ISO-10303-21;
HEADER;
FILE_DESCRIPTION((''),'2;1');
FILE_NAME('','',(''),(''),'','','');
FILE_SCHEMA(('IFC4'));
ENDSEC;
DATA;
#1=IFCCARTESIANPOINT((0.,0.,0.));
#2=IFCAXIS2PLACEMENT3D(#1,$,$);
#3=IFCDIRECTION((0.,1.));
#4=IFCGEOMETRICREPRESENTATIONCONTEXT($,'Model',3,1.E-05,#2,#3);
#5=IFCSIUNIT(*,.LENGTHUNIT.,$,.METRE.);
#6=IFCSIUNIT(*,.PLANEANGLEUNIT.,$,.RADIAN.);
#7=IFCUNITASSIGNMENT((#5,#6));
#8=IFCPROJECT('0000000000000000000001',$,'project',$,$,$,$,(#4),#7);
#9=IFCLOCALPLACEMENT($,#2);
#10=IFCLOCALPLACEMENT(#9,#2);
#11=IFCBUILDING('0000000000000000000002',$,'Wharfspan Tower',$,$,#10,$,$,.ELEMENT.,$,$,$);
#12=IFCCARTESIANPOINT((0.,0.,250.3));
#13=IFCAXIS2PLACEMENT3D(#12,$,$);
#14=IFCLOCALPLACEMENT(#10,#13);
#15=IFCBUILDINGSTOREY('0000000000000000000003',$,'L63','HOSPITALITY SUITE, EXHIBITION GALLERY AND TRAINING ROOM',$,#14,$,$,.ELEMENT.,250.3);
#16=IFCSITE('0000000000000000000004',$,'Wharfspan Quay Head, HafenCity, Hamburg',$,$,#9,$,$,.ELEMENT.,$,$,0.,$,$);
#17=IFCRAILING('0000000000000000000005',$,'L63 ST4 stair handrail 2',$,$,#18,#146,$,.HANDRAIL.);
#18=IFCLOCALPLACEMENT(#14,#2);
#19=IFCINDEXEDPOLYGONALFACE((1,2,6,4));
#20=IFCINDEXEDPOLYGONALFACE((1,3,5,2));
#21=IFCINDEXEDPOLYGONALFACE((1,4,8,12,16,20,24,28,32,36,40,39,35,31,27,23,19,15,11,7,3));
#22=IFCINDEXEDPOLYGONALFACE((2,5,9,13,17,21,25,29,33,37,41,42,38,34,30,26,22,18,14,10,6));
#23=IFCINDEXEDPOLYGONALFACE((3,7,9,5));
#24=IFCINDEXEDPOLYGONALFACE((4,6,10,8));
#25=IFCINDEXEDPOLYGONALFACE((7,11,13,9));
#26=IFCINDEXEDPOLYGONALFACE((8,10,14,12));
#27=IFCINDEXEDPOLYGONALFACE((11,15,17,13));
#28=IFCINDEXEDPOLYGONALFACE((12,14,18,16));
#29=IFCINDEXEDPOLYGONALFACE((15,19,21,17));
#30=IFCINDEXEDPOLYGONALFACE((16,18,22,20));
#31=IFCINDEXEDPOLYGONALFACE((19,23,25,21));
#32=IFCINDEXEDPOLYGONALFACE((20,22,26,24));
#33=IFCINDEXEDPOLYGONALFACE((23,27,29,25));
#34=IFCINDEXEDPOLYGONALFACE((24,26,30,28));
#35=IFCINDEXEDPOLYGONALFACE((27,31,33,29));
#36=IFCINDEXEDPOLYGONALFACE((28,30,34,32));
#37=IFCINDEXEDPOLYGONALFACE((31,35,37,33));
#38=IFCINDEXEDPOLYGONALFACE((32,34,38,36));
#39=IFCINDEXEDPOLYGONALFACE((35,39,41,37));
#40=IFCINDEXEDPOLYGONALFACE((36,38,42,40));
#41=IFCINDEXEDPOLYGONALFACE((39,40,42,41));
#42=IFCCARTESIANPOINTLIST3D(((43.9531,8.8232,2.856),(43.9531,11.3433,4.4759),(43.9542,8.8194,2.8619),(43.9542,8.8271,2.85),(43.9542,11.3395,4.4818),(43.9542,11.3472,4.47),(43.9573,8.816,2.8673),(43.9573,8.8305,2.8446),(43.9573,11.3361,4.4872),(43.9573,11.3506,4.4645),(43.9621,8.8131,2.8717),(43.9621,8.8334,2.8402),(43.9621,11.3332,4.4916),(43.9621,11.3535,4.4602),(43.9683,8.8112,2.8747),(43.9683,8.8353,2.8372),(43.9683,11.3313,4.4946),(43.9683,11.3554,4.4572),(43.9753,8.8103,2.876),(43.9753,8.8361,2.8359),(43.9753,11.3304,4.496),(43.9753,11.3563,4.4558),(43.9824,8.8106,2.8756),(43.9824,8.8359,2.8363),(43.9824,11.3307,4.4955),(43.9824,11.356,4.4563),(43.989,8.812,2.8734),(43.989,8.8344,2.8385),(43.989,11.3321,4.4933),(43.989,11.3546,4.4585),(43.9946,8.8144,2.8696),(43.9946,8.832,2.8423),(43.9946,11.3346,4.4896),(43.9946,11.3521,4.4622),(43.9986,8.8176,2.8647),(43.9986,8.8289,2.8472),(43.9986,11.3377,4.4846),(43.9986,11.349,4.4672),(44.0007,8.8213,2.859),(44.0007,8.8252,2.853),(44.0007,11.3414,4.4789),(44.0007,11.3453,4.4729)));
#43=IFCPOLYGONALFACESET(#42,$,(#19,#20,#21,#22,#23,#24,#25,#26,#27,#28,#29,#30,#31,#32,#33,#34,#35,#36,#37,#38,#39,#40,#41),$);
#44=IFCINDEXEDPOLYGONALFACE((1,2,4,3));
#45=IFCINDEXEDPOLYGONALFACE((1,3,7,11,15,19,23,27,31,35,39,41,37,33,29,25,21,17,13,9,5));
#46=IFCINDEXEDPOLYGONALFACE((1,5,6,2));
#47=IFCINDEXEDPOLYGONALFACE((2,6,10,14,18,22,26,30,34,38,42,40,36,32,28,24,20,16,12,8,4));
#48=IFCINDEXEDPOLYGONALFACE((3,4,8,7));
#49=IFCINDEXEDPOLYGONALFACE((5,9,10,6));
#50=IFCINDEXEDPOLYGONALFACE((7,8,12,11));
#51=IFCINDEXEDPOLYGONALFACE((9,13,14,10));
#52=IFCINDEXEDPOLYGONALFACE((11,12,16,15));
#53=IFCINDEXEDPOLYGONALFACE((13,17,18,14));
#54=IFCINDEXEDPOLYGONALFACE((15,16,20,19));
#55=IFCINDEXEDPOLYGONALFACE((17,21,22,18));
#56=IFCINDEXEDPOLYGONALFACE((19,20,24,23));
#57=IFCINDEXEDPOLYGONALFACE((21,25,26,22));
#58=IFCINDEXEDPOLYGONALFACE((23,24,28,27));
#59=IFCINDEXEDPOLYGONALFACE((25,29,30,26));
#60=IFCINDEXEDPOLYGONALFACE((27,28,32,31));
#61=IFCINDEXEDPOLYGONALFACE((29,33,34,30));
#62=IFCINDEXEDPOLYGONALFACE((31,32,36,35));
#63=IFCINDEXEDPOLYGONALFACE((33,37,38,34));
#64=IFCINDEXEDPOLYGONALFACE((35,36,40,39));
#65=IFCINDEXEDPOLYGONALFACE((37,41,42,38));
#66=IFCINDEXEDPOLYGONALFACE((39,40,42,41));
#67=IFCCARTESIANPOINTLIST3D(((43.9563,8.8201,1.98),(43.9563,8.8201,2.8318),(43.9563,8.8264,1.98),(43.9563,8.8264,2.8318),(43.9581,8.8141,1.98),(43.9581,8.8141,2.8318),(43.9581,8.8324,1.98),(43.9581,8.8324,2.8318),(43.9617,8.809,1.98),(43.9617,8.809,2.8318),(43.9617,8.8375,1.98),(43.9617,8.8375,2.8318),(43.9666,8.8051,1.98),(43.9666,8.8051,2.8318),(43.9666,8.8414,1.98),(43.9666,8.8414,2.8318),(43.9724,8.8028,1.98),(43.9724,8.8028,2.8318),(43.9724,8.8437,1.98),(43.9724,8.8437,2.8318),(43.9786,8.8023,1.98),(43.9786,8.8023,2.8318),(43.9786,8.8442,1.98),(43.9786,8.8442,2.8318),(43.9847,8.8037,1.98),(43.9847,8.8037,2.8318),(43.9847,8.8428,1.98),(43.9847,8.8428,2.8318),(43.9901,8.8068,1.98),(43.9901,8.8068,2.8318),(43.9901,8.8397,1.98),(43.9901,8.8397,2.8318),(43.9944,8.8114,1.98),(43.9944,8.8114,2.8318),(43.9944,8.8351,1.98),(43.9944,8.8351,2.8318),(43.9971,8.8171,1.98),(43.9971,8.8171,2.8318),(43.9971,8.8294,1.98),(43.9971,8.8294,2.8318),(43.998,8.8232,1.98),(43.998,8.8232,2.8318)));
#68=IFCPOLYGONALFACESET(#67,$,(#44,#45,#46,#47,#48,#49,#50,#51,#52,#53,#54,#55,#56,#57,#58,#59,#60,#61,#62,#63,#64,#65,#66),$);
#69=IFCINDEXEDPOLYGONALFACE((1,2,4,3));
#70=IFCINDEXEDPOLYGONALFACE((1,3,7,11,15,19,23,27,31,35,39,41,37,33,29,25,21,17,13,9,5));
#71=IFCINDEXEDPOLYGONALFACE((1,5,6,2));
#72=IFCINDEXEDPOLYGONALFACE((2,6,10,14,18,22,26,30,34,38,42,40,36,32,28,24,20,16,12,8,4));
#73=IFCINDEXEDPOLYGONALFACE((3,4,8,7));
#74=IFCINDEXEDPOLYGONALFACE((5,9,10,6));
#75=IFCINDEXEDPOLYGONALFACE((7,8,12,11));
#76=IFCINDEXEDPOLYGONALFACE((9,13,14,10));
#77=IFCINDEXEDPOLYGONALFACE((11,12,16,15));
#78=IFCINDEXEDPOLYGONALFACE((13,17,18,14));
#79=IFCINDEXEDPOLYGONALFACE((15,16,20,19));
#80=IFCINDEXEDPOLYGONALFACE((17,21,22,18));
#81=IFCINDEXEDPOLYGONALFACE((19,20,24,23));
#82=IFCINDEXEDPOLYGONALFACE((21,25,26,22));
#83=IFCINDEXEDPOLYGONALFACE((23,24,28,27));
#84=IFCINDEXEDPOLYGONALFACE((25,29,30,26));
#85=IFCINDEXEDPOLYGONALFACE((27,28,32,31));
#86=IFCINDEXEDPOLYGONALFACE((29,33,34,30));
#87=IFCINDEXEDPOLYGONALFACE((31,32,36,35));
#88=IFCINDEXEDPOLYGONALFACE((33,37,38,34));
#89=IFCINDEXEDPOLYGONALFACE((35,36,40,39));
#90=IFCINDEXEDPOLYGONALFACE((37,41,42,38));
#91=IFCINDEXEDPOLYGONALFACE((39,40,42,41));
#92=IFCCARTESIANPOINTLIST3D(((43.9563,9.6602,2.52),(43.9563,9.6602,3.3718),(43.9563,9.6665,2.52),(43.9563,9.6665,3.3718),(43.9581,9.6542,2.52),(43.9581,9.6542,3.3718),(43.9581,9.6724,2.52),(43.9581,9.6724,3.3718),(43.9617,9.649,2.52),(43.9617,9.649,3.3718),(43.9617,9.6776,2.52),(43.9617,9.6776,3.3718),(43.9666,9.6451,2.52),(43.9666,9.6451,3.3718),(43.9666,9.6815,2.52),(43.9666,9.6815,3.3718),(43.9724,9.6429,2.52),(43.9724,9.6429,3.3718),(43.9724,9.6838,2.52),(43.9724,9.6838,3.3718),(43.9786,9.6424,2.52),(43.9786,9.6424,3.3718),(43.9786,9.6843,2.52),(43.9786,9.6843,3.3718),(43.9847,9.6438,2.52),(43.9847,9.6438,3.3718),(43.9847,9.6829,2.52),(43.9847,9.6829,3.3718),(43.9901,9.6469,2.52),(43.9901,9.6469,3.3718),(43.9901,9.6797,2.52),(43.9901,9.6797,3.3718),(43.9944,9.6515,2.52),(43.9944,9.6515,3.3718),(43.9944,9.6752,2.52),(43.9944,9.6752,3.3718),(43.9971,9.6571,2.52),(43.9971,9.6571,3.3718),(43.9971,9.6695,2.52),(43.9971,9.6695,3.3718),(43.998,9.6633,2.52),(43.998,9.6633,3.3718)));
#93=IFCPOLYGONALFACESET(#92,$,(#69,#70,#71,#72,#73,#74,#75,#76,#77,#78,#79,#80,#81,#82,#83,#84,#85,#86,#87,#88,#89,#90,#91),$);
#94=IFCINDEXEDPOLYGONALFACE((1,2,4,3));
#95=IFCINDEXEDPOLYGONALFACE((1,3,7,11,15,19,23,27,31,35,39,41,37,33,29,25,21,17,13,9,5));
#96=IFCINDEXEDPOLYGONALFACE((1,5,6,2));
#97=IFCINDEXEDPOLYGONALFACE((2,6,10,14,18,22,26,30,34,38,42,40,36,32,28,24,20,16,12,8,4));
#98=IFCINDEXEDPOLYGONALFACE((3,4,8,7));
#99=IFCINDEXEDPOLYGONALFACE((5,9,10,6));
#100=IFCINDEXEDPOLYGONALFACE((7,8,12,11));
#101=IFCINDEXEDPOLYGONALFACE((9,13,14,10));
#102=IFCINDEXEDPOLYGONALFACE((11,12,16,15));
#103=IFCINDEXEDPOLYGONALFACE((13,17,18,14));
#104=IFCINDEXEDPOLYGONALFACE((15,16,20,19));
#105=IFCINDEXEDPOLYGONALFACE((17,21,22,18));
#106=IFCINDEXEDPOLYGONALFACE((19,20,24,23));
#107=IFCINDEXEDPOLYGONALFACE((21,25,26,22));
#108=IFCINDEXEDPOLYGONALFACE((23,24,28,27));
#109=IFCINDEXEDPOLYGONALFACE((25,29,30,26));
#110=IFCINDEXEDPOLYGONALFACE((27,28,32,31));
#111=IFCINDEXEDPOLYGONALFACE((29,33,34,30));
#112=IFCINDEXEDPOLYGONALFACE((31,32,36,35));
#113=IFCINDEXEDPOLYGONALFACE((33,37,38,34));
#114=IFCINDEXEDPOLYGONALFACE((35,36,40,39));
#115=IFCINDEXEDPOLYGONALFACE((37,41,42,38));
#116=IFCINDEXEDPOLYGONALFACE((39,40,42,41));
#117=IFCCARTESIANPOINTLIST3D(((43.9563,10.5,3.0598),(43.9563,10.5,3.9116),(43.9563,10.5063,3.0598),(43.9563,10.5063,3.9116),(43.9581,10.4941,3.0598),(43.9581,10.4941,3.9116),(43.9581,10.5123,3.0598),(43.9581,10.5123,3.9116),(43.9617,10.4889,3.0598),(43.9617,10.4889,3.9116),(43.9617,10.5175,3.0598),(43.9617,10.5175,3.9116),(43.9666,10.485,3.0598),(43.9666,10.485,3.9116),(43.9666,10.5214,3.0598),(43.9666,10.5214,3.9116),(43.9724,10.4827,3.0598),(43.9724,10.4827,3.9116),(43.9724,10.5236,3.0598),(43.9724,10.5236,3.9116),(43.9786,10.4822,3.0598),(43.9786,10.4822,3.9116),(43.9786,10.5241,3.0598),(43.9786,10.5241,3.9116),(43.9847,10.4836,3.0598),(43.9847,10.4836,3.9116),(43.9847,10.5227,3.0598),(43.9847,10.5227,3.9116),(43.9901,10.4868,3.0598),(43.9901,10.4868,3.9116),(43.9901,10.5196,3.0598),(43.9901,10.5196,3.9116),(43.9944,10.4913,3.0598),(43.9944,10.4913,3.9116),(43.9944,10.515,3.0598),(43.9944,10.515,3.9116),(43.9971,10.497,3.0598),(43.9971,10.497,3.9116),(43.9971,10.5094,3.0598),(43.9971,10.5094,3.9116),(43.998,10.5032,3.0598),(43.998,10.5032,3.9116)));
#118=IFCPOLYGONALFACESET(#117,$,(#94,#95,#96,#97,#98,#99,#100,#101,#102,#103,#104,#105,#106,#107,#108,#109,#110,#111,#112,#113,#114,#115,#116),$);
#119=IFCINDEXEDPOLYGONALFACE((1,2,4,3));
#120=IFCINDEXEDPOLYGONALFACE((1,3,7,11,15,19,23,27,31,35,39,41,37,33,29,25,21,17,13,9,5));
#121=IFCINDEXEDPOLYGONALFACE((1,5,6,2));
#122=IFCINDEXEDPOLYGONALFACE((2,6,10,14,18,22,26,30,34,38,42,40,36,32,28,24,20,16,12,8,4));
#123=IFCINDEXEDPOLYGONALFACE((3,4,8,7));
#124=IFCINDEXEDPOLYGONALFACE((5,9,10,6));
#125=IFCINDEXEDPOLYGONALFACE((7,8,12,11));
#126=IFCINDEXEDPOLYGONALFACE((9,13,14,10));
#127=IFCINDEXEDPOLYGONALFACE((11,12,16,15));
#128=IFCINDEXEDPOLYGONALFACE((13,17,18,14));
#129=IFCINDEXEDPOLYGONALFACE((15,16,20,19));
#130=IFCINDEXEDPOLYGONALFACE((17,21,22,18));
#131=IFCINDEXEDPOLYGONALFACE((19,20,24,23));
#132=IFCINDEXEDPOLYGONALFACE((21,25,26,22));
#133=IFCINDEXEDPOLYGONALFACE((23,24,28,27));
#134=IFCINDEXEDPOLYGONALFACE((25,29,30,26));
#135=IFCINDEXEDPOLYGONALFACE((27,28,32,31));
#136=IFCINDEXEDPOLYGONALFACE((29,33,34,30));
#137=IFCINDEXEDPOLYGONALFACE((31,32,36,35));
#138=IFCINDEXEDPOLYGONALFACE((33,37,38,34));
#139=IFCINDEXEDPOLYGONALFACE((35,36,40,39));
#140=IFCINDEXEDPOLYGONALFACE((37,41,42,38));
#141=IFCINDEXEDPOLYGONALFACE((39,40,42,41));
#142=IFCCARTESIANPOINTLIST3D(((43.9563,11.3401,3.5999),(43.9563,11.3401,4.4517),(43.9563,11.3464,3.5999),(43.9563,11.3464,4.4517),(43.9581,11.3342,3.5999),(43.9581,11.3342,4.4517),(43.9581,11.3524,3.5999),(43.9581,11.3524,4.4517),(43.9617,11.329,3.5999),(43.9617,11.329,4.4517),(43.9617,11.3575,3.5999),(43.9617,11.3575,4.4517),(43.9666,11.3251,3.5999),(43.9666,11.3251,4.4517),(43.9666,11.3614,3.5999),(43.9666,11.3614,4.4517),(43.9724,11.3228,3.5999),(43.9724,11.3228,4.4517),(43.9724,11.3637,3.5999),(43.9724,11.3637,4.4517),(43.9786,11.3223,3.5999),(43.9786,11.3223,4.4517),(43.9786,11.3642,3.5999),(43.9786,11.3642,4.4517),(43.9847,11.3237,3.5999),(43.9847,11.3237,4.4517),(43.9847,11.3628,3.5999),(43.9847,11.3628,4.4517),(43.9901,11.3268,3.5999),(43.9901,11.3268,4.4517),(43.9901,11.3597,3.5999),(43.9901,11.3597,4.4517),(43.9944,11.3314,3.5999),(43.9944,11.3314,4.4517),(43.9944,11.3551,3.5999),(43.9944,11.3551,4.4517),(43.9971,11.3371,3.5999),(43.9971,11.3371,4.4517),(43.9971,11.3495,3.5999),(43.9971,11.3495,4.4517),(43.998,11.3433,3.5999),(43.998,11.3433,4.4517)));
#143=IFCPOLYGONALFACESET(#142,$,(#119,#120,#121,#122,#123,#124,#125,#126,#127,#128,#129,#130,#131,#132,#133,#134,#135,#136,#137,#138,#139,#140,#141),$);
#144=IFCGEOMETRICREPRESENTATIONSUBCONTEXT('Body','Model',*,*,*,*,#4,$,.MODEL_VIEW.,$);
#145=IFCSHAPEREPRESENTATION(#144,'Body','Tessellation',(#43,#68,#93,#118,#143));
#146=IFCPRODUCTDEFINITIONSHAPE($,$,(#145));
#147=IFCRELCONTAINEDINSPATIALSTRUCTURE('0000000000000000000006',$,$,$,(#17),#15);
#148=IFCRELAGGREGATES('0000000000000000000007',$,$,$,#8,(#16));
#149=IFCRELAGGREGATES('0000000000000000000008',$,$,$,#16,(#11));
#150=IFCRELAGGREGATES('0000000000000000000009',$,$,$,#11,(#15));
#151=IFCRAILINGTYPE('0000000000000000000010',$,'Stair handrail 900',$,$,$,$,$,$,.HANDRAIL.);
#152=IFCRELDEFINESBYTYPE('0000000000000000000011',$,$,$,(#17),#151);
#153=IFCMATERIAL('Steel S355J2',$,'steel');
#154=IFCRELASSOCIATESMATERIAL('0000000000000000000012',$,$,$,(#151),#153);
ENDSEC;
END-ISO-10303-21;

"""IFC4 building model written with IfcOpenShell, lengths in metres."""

from ifc_helpers import new_model, si_unit, direction, frame, origin, origin_2d, place, context, subcontext, project, spatial, circle, extrude, material, type_object, element, save


model = new_model("IFC4")

# Units and contexts
model_context = context("Model", 3, precision=1e-05, world=origin(), true_north=direction((0.0, 1.0)))
body_context = subcontext(model_context, "Body", "Model", "MODEL_VIEW")
ifc_project = project(units=[si_unit("LENGTHUNIT", "METRE"), si_unit("PLANEANGLEUNIT", "RADIAN")], contexts=[model_context])

# Site, building, storey
site_placement = place(None, origin())
site = spatial("IfcSite", under=ifc_project, at=site_placement, Name="Wharfspan Quay Head, HafenCity, Hamburg", CompositionType="ELEMENT", RefElevation=0.0)
building_placement = place(site_placement, origin())
building = spatial("IfcBuilding", under=site, at=building_placement, Name="Wharfspan Tower", CompositionType="ELEMENT")
storey_placement = place(building_placement, frame((0.0, 0.0, 250.3)))
storey = spatial("IfcBuildingStorey", under=building, at=storey_placement, Name="L63", Description="HOSPITALITY SUITE, EXHIBITION GALLERY AND TRAINING ROOM", CompositionType="ELEMENT", Elevation=250.3)

# Shared definitions
ifc_material_1 = material(Name="Steel S355J2", Category="steel")

# Railing
railing_type = type_object("IfcRailingType", Name="Stair handrail 900", PredefinedType="HANDRAIL", material=ifc_material_1)
railing_placement = place(storey_placement, frame((43.9771, 8.8232, 1.98)))
element("IfcRailing", 1, at=railing_placement, inside=storey, type_object=railing_type, Name="L63 ST4 stair handrail 2", PredefinedType="HANDRAIL", context=body_context, shape_type="SweptSolid", body=[
    extrude(circle(Radius=0.0239, at=origin_2d()), frame((0.0, 0.0, 0.876), z_axis=(0.0, 0.8412, 0.540725), x_axis=(-1.0, 0.0, 0.0)), (0.0, 0.0, 1.0), 2.9958),
    extrude(circle(Radius=0.021, at=origin_2d()), origin(), (0.0, 0.0, 1.0), 0.8518),
    extrude(circle(Radius=0.021, at=origin_2d()), frame((0.0, 0.8401, 0.54)), (0.0, 0.0, 1.0), 0.8518),
    extrude(circle(Radius=0.021, at=origin_2d()), frame((0.0, 1.6799, 1.0798)), (0.0, 0.0, 1.0), 0.8518),
    extrude(circle(Radius=0.021, at=origin_2d()), frame((0.0, 2.52, 1.6199)), (0.0, 0.0, 1.0), 0.8518),
])

save(model, "model.ifc")
